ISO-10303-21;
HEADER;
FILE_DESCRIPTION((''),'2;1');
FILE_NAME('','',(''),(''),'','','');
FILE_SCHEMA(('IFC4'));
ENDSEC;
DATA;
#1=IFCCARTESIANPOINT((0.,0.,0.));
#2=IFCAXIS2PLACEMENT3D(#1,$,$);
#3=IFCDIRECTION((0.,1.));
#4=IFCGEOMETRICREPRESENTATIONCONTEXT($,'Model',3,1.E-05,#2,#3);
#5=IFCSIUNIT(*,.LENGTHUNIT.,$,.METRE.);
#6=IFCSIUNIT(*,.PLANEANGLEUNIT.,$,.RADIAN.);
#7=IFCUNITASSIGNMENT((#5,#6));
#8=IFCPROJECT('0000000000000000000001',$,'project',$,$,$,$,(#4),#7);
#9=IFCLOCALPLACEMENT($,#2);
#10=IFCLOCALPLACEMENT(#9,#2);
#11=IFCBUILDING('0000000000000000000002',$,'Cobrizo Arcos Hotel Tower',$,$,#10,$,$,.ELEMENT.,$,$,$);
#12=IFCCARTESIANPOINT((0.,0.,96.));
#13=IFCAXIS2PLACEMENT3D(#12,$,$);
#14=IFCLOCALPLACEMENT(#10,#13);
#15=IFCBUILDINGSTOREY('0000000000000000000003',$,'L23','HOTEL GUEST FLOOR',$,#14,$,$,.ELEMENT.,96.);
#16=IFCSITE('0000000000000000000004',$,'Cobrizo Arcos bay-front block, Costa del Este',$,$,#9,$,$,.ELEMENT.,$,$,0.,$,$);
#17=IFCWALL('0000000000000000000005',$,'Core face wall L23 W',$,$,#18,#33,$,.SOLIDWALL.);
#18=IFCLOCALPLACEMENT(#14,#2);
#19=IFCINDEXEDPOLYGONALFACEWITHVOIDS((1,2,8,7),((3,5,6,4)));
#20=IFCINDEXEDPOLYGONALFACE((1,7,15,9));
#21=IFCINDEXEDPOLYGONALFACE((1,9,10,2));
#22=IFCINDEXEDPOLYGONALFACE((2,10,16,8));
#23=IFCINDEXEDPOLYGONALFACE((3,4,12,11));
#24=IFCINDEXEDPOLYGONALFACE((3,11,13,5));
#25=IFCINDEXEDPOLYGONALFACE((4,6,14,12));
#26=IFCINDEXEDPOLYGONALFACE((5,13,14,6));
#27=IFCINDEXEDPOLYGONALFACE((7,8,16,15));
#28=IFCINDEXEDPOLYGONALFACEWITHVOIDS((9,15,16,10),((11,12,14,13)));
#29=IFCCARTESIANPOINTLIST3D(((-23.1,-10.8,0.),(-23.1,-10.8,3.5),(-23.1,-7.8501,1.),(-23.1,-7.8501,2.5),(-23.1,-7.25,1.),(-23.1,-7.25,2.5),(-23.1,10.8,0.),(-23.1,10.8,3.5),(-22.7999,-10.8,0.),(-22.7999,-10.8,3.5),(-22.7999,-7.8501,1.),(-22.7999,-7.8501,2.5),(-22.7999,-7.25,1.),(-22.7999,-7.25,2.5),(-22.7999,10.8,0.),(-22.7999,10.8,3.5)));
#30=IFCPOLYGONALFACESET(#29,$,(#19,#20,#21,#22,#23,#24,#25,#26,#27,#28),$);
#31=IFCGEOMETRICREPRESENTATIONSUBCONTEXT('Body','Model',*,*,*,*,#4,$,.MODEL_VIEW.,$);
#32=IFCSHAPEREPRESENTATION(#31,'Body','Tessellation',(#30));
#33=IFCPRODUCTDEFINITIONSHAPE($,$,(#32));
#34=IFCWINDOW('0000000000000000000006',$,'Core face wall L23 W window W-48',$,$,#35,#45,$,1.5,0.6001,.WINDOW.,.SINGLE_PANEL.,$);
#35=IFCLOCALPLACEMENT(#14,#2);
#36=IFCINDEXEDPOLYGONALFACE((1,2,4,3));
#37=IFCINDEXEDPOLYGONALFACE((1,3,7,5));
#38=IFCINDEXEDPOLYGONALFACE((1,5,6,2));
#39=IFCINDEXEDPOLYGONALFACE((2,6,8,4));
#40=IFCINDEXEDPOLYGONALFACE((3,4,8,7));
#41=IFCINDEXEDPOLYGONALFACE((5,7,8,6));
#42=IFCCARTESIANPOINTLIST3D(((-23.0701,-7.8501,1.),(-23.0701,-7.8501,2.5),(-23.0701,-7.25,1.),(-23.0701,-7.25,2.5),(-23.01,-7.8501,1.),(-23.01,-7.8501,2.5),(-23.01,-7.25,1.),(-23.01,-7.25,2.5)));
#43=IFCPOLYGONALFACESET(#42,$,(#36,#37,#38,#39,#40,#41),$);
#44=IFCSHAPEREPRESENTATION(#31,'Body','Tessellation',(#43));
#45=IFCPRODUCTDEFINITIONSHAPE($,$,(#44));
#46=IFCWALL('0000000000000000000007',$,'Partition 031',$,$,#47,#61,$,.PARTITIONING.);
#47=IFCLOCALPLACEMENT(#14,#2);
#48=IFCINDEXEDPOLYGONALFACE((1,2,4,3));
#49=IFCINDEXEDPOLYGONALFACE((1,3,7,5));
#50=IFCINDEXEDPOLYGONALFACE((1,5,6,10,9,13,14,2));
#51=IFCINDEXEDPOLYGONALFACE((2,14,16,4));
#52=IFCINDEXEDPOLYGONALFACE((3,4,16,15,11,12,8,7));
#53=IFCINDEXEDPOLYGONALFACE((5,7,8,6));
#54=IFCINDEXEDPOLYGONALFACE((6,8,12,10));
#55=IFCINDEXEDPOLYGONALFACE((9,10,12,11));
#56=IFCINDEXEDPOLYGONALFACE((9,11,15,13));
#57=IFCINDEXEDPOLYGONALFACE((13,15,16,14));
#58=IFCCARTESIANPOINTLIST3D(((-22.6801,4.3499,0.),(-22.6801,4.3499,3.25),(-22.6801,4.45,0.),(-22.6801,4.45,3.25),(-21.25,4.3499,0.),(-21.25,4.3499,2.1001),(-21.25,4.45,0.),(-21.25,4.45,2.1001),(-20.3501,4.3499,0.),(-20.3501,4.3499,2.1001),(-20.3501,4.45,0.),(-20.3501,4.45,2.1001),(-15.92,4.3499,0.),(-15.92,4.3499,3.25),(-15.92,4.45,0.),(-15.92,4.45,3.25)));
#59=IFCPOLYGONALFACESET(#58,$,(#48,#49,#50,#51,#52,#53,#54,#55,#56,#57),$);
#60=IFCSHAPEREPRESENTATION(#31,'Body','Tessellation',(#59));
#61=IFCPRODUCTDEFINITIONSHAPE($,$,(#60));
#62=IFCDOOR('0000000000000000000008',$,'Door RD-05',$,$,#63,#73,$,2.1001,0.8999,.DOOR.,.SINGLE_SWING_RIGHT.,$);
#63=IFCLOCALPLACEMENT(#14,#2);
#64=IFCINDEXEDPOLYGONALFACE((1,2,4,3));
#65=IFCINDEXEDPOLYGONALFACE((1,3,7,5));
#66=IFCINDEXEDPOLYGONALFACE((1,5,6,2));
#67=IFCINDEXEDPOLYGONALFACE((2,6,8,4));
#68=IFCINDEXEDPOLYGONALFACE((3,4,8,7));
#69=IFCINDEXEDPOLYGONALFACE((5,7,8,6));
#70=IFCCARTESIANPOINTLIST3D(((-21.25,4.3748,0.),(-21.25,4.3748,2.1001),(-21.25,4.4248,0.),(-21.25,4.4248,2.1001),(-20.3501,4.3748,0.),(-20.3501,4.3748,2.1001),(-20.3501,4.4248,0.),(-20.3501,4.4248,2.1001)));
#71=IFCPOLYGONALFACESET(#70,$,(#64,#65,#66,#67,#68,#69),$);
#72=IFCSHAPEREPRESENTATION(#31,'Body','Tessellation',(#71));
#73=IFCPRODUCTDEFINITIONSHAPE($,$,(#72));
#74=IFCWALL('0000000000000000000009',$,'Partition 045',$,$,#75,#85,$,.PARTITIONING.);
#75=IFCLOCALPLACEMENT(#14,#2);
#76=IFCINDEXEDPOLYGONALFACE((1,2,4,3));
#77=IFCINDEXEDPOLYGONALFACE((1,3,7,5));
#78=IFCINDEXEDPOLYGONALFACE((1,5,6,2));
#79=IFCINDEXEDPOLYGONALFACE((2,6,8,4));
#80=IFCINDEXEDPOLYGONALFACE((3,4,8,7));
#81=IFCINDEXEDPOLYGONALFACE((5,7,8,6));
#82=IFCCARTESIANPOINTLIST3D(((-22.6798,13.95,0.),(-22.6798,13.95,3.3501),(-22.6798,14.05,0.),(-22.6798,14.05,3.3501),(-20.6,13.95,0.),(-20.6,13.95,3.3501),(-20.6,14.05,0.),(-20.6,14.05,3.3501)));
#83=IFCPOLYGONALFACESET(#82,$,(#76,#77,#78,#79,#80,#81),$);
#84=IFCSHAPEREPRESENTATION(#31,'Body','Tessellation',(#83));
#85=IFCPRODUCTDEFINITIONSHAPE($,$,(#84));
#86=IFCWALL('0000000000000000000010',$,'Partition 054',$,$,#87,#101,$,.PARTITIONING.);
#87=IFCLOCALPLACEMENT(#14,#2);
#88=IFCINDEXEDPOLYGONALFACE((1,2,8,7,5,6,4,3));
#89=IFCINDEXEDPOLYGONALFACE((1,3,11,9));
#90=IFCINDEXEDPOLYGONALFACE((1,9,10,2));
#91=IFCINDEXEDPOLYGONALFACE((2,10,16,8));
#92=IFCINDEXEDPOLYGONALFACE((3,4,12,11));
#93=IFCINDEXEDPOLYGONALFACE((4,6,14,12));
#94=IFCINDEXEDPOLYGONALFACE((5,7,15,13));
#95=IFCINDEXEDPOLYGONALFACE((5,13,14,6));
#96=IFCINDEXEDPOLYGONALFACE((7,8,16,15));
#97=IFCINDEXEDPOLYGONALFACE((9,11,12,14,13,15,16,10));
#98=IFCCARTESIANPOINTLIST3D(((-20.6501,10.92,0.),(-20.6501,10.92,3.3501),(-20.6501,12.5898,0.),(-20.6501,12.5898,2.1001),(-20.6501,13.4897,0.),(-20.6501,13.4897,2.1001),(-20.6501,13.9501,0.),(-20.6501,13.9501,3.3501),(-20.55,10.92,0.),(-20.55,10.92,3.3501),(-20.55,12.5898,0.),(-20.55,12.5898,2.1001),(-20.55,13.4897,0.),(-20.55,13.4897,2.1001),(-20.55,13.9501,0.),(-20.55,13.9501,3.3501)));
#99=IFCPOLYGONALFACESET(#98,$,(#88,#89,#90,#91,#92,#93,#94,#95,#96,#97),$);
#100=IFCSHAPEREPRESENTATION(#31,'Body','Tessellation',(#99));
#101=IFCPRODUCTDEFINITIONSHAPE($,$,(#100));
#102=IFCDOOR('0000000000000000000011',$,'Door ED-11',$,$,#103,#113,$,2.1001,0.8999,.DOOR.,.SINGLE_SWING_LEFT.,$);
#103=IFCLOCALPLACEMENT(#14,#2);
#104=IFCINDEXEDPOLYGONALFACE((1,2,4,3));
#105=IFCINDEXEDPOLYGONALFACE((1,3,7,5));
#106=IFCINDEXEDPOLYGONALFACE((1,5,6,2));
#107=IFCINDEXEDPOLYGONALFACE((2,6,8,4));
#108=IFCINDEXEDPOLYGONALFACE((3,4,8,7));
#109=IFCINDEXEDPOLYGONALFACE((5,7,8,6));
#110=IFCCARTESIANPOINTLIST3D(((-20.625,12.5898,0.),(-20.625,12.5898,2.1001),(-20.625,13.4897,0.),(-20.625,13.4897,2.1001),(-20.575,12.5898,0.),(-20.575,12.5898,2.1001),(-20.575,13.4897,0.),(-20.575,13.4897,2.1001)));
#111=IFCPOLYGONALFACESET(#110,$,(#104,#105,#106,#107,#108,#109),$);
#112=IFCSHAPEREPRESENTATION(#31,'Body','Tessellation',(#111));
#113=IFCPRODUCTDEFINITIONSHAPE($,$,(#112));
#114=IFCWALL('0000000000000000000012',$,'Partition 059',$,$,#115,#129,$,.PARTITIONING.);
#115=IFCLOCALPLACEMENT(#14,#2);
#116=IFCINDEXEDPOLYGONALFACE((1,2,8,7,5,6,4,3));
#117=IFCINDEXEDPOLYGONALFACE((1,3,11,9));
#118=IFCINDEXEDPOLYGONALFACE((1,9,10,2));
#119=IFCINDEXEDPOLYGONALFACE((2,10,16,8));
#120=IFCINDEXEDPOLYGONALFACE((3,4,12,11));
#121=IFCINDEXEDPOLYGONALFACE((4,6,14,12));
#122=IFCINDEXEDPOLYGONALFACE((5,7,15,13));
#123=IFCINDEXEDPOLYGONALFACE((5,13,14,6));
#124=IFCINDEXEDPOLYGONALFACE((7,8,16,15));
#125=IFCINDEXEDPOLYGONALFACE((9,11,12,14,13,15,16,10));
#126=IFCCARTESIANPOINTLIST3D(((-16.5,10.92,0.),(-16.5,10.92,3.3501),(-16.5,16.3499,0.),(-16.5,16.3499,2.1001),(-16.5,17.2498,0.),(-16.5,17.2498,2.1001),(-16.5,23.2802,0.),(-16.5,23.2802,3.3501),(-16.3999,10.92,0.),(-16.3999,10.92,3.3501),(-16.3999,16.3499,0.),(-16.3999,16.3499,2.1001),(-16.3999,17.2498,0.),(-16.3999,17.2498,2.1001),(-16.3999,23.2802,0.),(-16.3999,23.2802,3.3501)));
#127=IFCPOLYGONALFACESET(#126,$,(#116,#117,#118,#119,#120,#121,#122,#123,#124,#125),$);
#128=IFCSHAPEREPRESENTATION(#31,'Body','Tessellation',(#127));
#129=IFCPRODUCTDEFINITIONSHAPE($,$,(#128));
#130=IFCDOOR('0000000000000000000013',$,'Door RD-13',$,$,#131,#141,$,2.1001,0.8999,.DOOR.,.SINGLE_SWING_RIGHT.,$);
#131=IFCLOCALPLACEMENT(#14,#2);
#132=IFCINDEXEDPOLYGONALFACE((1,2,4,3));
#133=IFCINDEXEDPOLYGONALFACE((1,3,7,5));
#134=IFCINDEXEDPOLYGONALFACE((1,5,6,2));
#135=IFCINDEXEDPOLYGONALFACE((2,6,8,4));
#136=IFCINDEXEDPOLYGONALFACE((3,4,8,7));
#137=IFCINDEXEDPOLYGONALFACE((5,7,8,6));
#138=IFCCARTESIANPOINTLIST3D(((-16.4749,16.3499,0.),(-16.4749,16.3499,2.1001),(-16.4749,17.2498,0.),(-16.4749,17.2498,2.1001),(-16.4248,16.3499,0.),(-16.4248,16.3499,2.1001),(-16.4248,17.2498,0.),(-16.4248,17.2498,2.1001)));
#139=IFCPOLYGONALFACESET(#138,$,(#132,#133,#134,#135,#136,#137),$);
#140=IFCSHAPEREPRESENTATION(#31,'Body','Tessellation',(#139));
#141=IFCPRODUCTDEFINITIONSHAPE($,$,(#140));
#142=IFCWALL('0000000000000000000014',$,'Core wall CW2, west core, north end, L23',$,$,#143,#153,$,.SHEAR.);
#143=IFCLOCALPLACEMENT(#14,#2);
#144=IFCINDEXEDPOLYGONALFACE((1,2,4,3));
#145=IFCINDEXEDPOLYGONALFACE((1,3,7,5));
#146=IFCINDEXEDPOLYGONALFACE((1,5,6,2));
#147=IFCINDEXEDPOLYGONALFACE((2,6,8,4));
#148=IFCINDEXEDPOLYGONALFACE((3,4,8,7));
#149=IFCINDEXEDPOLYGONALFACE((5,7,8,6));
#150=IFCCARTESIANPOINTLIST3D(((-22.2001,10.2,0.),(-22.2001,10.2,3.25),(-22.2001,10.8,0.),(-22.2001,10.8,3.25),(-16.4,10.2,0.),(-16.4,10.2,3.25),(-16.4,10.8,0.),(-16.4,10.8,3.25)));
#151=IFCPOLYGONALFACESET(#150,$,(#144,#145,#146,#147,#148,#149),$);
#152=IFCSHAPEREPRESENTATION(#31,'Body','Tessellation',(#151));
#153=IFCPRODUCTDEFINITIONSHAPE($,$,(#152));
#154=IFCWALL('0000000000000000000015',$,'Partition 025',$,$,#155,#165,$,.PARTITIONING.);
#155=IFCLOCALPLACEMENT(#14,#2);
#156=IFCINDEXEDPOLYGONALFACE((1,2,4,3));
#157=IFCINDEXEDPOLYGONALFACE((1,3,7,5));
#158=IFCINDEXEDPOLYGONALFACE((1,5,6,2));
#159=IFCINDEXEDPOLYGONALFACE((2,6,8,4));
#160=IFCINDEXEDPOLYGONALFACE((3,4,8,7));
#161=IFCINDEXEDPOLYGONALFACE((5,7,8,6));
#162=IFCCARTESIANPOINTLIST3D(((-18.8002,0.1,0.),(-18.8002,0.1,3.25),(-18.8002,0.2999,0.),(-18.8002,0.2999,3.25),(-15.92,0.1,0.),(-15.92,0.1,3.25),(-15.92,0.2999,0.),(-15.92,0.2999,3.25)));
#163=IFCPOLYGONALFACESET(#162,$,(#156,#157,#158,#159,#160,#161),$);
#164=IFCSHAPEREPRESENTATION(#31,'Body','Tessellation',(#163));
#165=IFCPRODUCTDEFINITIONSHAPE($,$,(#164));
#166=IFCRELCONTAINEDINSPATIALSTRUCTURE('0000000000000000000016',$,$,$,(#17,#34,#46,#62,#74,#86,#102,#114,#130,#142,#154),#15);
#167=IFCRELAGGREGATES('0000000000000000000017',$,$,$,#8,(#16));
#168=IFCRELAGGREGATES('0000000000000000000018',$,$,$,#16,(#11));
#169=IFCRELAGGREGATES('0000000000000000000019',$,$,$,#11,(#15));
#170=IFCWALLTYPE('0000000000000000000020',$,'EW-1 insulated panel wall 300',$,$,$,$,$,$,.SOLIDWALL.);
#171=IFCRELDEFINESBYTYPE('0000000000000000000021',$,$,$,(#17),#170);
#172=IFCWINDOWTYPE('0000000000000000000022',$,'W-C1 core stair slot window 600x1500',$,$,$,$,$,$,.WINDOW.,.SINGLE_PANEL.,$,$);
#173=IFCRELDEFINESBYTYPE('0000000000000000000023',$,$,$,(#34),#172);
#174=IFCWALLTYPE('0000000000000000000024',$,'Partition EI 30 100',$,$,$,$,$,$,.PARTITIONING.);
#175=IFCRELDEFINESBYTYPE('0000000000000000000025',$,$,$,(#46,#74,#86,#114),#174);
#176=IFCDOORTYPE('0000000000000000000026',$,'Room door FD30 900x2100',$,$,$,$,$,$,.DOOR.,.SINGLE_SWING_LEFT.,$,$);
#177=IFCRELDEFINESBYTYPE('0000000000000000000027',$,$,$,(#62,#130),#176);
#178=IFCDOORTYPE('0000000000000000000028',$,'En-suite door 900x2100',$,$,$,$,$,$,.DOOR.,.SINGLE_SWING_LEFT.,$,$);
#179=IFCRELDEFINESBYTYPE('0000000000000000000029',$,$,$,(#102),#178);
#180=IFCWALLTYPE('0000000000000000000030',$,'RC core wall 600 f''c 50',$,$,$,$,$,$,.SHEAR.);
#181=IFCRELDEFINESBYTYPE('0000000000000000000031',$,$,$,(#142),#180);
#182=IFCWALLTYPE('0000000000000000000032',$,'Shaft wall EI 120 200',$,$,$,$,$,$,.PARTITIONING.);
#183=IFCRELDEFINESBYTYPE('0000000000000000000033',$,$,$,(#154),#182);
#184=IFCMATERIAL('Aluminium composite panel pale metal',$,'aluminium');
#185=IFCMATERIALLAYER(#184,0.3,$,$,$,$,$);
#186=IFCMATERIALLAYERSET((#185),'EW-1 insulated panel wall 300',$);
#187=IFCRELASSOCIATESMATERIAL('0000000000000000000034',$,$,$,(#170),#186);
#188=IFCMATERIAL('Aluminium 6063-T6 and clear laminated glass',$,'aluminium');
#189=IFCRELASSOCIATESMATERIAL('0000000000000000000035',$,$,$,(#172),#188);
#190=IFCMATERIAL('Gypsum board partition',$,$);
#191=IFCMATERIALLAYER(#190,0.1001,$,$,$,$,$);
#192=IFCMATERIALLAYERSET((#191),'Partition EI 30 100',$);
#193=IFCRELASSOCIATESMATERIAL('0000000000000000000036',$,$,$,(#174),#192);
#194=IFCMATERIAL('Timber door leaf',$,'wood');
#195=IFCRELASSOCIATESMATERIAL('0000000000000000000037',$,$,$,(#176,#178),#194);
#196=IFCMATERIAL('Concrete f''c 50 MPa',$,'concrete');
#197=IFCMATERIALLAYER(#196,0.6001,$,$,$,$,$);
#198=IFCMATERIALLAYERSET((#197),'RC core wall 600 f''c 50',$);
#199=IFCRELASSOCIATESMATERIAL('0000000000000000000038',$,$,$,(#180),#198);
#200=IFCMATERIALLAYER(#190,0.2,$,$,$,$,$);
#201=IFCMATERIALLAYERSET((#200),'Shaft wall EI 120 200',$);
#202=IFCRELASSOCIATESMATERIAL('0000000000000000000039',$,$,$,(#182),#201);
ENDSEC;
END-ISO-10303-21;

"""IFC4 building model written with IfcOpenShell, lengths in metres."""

from ifc_helpers import new_model, si_unit, direction, frame, frame_2d, origin, place, context, subcontext, project, spatial, rectangle, extrude, material, layer, layer_set, type_object, element, fill, save


model = new_model("IFC4")

# Units and contexts
model_context = context("Model", 3, precision=1e-05, world=origin(), true_north=direction((0.0, 1.0)))
body_context = subcontext(model_context, "Body", "Model", "MODEL_VIEW")
ifc_project = project(units=[si_unit("LENGTHUNIT", "METRE"), si_unit("PLANEANGLEUNIT", "RADIAN")], contexts=[model_context])

# Site, building, storey
site_placement = place(None, origin())
site = spatial("IfcSite", under=ifc_project, at=site_placement, Name="Cobrizo Arcos bay-front block, Costa del Este", CompositionType="ELEMENT", RefElevation=0.0)
building_placement = place(site_placement, origin())
building = spatial("IfcBuilding", under=site, at=building_placement, Name="Cobrizo Arcos Hotel Tower", CompositionType="ELEMENT")
storey_placement = place(building_placement, frame((0.0, 0.0, 96.0)))
storey = spatial("IfcBuildingStorey", under=building, at=storey_placement, Name="L23", Description="HOTEL GUEST FLOOR", CompositionType="ELEMENT", Elevation=96.0)

# Shared definitions
ifc_material_1 = material(Name="Aluminium composite panel pale metal", Category="aluminium")

# Shared definitions
ifc_material_2 = material(Name="Gypsum board partition")

# Wall, opening, window
ifc_layer_1 = layer(ifc_material_1, 0.3)
ifc_layer_set_1 = layer_set([ifc_layer_1], Name="EW-1 insulated panel wall 300")
wall_type_1 = type_object("IfcWallType", Name="EW-1 insulated panel wall 300", PredefinedType="SOLIDWALL", material=ifc_layer_set_1)
wall_1_placement = place(storey_placement, frame((-22.95, 10.8, 0.0), z_axis=(0.0, 0.0, 1.0), x_axis=(0.0, -1.0, 0.0)))
wall_1 = element("IfcWall", 1, at=wall_1_placement, inside=storey, type_object=wall_type_1, Name="Core face wall L23 W", PredefinedType="SOLIDWALL", context=body_context, shape_type="SweptSolid", body=[
    extrude(rectangle(XDim=21.6001, YDim=0.3, at=frame_2d((10.8, 0.0))), origin(), (0.0, 0.0, 1.0), 3.5),
])
opening_1_placement = place(wall_1_placement, frame((18.05, 0.0, 1.0)))
opening_1 = element("IfcOpeningElement", 2, at=opening_1_placement, cuts=wall_1, PredefinedType="OPENING", context=body_context, shape_type="SweptSolid", body=[
    extrude(rectangle(XDim=0.6001, YDim=1.5, at=frame_2d((0.3, 0.75))), frame((0.0, 0.1621, 0.0), z_axis=(0.0, -1.0, 0.0), x_axis=(1.0, 0.0, 0.0)), (0.0, 0.0, 1.0), 0.324),
])
ifc_material_3 = material(Name="Aluminium 6063-T6 and clear laminated glass", Category="aluminium")
window_type = type_object("IfcWindowType", Name="W-C1 core stair slot window 600x1500", PartitioningType="SINGLE_PANEL", PredefinedType="WINDOW", material=ifc_material_3)
window_placement = place(opening_1_placement, origin())
window = element("IfcWindow", 3, at=window_placement, inside=storey, type_object=window_type, Name="Core face wall L23 W window W-48", OverallHeight=1.5, OverallWidth=0.6001, PartitioningType="SINGLE_PANEL", PredefinedType="WINDOW", context=body_context, shape_type="SweptSolid", body=[
    extrude(rectangle(XDim=0.6001, YDim=1.5, at=frame_2d((0.3, 0.75))), frame((0.0, -0.0601, 0.0), z_axis=(0.0, -1.0, 0.0), x_axis=(1.0, 0.0, 0.0)), (0.0, 0.0, 1.0), 0.0601),
])
fill(opening_1, window)

# Wall, opening, door
ifc_layer_2 = layer(ifc_material_2, 0.1001)
ifc_layer_set_2 = layer_set([ifc_layer_2], Name="Partition EI 30 100")
wall_type_2 = type_object("IfcWallType", Name="Partition EI 30 100", PredefinedType="PARTITIONING", material=ifc_layer_set_2)
wall_2_placement = place(storey_placement, frame((-22.6799, 4.3999, 0.0), z_axis=(0.0, 0.0, 1.0), x_axis=(1.0, 0.0, 0.0)))
wall_2 = element("IfcWall", 4, at=wall_2_placement, inside=storey, type_object=wall_type_2, Name="Partition 031", PredefinedType="PARTITIONING", context=body_context, shape_type="SweptSolid", body=[
    extrude(rectangle(XDim=6.76, YDim=0.1001, at=frame_2d((3.3799, 0.0))), origin(), (0.0, 0.0, 1.0), 3.25),
])
opening_2_placement = place(wall_2_placement, frame((1.4299, 0.0, 0.0)))
opening_2 = element("IfcOpeningElement", 5, at=opening_2_placement, cuts=wall_2, PredefinedType="OPENING", context=body_context, shape_type="SweptSolid", body=[
    extrude(rectangle(XDim=0.8999, YDim=2.1001, at=frame_2d((0.45, 1.05))), frame((0.0, 0.062, 0.0), z_axis=(0.0, -1.0, 0.0), x_axis=(1.0, 0.0, 0.0)), (0.0, 0.0, 1.0), 0.124),
])
ifc_material_4 = material(Name="Timber door leaf", Category="wood")
door_type_1 = type_object("IfcDoorType", Name="Room door FD30 900x2100", OperationType="SINGLE_SWING_LEFT", PredefinedType="DOOR", material=ifc_material_4)
door_1_placement = place(opening_2_placement, origin())
door_1 = element("IfcDoor", 6, at=door_1_placement, inside=storey, type_object=door_type_1, Name="Door RD-05", OperationType="SINGLE_SWING_RIGHT", OverallHeight=2.1001, OverallWidth=0.8999, PredefinedType="DOOR", context=body_context, shape_type="SweptSolid", body=[
    extrude(rectangle(XDim=0.8999, YDim=2.1001, at=frame_2d((0.45, 1.05))), frame((0.0, 0.0249, 0.0), z_axis=(0.0, -1.0, 0.0), x_axis=(1.0, 0.0, 0.0)), (0.0, 0.0, 1.0), 0.05),
])
fill(opening_2, door_1)

# Wall
wall_3_placement = place(storey_placement, frame((-22.6799, 14.0, 0.0), z_axis=(0.0, 0.0, 1.0), x_axis=(1.0, 0.0, 0.0)))
element("IfcWall", 7, at=wall_3_placement, inside=storey, type_object=wall_type_2, Name="Partition 045", PredefinedType="PARTITIONING", context=body_context, shape_type="SweptSolid", body=[
    extrude(rectangle(XDim=2.0798, YDim=0.1001, at=frame_2d((1.04, 0.0))), origin(), (0.0, 0.0, 1.0), 3.3501),
])

# Walls, openings, doors
wall_4_placement = place(storey_placement, frame((-20.6001, 10.9199, 0.0), z_axis=(0.0, 0.0, 1.0), x_axis=(0.0, 1.0, 0.0)))
wall_4 = element("IfcWall", 8, at=wall_4_placement, inside=storey, type_object=wall_type_2, Name="Partition 054", PredefinedType="PARTITIONING", context=body_context, shape_type="SweptSolid", body=[
    extrude(rectangle(XDim=3.03, YDim=0.1001, at=frame_2d((1.5151, 0.0))), origin(), (0.0, 0.0, 1.0), 3.3501),
])
opening_3_placement = place(wall_4_placement, frame((1.6699, 0.0, 0.0)))
opening_3 = element("IfcOpeningElement", 9, at=opening_3_placement, cuts=wall_4, PredefinedType="OPENING", context=body_context, shape_type="SweptSolid", body=[
    extrude(rectangle(XDim=0.8999, YDim=2.1001, at=frame_2d((0.45, 1.05))), frame((0.0, 0.062, 0.0), z_axis=(0.0, -1.0, 0.0), x_axis=(1.0, 0.0, 0.0)), (0.0, 0.0, 1.0), 0.124),
])
door_type_2 = type_object("IfcDoorType", Name="En-suite door 900x2100", OperationType="SINGLE_SWING_LEFT", PredefinedType="DOOR", material=ifc_material_4)
door_2_placement = place(opening_3_placement, origin())
door_2 = element("IfcDoor", 10, at=door_2_placement, inside=storey, type_object=door_type_2, Name="Door ED-11", OperationType="SINGLE_SWING_LEFT", OverallHeight=2.1001, OverallWidth=0.8999, PredefinedType="DOOR", context=body_context, shape_type="SweptSolid", body=[
    extrude(rectangle(XDim=0.8999, YDim=2.1001, at=frame_2d((0.45, 1.05))), frame((0.0, 0.0249, 0.0), z_axis=(0.0, -1.0, 0.0), x_axis=(1.0, 0.0, 0.0)), (0.0, 0.0, 1.0), 0.05),
])
fill(opening_3, door_2)
wall_5_placement = place(storey_placement, frame((-16.45, 10.9199, 0.0), z_axis=(0.0, 0.0, 1.0), x_axis=(0.0, 1.0, 0.0)))
wall_5 = element("IfcWall", 11, at=wall_5_placement, inside=storey, type_object=wall_type_2, Name="Partition 059", PredefinedType="PARTITIONING", context=body_context, shape_type="SweptSolid", body=[
    extrude(rectangle(XDim=12.3601, YDim=0.1001, at=frame_2d((6.1802, 0.0))), origin(), (0.0, 0.0, 1.0), 3.3501),
])
opening_4_placement = place(wall_5_placement, frame((5.4299, 0.0, 0.0)))
opening_4 = element("IfcOpeningElement", 12, at=opening_4_placement, cuts=wall_5, PredefinedType="OPENING", context=body_context, shape_type="SweptSolid", body=[
    extrude(rectangle(XDim=0.8999, YDim=2.1001, at=frame_2d((0.45, 1.05))), frame((0.0, 0.062, 0.0), z_axis=(0.0, -1.0, 0.0), x_axis=(1.0, 0.0, 0.0)), (0.0, 0.0, 1.0), 0.124),
])
door_3_placement = place(opening_4_placement, origin())
door_3 = element("IfcDoor", 13, at=door_3_placement, inside=storey, type_object=door_type_1, Name="Door RD-13", OperationType="SINGLE_SWING_RIGHT", OverallHeight=2.1001, OverallWidth=0.8999, PredefinedType="DOOR", context=body_context, shape_type="SweptSolid", body=[
    extrude(rectangle(XDim=0.8999, YDim=2.1001, at=frame_2d((0.45, 1.05))), frame((0.0, 0.0249, 0.0), z_axis=(0.0, -1.0, 0.0), x_axis=(1.0, 0.0, 0.0)), (0.0, 0.0, 1.0), 0.05),
])
fill(opening_4, door_3)

# Walls
ifc_material_5 = material(Name="Concrete f'c 50 MPa", Category="concrete")
ifc_layer_3 = layer(ifc_material_5, 0.6001)
ifc_layer_set_3 = layer_set([ifc_layer_3], Name="RC core wall 600 f'c 50")
wall_type_3 = type_object("IfcWallType", Name="RC core wall 600 f'c 50", PredefinedType="SHEAR", material=ifc_layer_set_3)
wall_6_placement = place(storey_placement, frame((-22.2, 10.5, 0.0), z_axis=(0.0, 0.0, 1.0), x_axis=(1.0, 0.0, 0.0)))
element("IfcWall", 14, at=wall_6_placement, inside=storey, type_object=wall_type_3, Name="Core wall CW2, west core, north end, L23", PredefinedType="SHEAR", context=body_context, shape_type="SweptSolid", body=[
    extrude(rectangle(XDim=5.8, YDim=0.6001, at=frame_2d((2.8999, 0.0))), origin(), (0.0, 0.0, 1.0), 3.25),
])
ifc_layer_4 = layer(ifc_material_2, 0.2)
ifc_layer_set_4 = layer_set([ifc_layer_4], Name="Shaft wall EI 120 200")
wall_type_4 = type_object("IfcWallType", Name="Shaft wall EI 120 200", PredefinedType="PARTITIONING", material=ifc_layer_set_4)
for number, where, z_axis, x_axis, name in (
    (15, (-18.8, 0.2, 0.0), (0.0, 0.0, 1.0), (1.0, 0.0, 0.0), "Partition 025"),
):
    element("IfcWall", number, at=place(storey_placement, frame(where, z_axis=z_axis, x_axis=x_axis)), inside=storey, type_object=wall_type_4, Name=name, PredefinedType="PARTITIONING", context=body_context, shape_type="SweptSolid", body=[
        extrude(rectangle(XDim=2.8801, YDim=0.2, at=frame_2d((1.4399, 0.0))), origin(), (0.0, 0.0, 1.0), 3.25),
    ])

save(model, "model.ifc")
